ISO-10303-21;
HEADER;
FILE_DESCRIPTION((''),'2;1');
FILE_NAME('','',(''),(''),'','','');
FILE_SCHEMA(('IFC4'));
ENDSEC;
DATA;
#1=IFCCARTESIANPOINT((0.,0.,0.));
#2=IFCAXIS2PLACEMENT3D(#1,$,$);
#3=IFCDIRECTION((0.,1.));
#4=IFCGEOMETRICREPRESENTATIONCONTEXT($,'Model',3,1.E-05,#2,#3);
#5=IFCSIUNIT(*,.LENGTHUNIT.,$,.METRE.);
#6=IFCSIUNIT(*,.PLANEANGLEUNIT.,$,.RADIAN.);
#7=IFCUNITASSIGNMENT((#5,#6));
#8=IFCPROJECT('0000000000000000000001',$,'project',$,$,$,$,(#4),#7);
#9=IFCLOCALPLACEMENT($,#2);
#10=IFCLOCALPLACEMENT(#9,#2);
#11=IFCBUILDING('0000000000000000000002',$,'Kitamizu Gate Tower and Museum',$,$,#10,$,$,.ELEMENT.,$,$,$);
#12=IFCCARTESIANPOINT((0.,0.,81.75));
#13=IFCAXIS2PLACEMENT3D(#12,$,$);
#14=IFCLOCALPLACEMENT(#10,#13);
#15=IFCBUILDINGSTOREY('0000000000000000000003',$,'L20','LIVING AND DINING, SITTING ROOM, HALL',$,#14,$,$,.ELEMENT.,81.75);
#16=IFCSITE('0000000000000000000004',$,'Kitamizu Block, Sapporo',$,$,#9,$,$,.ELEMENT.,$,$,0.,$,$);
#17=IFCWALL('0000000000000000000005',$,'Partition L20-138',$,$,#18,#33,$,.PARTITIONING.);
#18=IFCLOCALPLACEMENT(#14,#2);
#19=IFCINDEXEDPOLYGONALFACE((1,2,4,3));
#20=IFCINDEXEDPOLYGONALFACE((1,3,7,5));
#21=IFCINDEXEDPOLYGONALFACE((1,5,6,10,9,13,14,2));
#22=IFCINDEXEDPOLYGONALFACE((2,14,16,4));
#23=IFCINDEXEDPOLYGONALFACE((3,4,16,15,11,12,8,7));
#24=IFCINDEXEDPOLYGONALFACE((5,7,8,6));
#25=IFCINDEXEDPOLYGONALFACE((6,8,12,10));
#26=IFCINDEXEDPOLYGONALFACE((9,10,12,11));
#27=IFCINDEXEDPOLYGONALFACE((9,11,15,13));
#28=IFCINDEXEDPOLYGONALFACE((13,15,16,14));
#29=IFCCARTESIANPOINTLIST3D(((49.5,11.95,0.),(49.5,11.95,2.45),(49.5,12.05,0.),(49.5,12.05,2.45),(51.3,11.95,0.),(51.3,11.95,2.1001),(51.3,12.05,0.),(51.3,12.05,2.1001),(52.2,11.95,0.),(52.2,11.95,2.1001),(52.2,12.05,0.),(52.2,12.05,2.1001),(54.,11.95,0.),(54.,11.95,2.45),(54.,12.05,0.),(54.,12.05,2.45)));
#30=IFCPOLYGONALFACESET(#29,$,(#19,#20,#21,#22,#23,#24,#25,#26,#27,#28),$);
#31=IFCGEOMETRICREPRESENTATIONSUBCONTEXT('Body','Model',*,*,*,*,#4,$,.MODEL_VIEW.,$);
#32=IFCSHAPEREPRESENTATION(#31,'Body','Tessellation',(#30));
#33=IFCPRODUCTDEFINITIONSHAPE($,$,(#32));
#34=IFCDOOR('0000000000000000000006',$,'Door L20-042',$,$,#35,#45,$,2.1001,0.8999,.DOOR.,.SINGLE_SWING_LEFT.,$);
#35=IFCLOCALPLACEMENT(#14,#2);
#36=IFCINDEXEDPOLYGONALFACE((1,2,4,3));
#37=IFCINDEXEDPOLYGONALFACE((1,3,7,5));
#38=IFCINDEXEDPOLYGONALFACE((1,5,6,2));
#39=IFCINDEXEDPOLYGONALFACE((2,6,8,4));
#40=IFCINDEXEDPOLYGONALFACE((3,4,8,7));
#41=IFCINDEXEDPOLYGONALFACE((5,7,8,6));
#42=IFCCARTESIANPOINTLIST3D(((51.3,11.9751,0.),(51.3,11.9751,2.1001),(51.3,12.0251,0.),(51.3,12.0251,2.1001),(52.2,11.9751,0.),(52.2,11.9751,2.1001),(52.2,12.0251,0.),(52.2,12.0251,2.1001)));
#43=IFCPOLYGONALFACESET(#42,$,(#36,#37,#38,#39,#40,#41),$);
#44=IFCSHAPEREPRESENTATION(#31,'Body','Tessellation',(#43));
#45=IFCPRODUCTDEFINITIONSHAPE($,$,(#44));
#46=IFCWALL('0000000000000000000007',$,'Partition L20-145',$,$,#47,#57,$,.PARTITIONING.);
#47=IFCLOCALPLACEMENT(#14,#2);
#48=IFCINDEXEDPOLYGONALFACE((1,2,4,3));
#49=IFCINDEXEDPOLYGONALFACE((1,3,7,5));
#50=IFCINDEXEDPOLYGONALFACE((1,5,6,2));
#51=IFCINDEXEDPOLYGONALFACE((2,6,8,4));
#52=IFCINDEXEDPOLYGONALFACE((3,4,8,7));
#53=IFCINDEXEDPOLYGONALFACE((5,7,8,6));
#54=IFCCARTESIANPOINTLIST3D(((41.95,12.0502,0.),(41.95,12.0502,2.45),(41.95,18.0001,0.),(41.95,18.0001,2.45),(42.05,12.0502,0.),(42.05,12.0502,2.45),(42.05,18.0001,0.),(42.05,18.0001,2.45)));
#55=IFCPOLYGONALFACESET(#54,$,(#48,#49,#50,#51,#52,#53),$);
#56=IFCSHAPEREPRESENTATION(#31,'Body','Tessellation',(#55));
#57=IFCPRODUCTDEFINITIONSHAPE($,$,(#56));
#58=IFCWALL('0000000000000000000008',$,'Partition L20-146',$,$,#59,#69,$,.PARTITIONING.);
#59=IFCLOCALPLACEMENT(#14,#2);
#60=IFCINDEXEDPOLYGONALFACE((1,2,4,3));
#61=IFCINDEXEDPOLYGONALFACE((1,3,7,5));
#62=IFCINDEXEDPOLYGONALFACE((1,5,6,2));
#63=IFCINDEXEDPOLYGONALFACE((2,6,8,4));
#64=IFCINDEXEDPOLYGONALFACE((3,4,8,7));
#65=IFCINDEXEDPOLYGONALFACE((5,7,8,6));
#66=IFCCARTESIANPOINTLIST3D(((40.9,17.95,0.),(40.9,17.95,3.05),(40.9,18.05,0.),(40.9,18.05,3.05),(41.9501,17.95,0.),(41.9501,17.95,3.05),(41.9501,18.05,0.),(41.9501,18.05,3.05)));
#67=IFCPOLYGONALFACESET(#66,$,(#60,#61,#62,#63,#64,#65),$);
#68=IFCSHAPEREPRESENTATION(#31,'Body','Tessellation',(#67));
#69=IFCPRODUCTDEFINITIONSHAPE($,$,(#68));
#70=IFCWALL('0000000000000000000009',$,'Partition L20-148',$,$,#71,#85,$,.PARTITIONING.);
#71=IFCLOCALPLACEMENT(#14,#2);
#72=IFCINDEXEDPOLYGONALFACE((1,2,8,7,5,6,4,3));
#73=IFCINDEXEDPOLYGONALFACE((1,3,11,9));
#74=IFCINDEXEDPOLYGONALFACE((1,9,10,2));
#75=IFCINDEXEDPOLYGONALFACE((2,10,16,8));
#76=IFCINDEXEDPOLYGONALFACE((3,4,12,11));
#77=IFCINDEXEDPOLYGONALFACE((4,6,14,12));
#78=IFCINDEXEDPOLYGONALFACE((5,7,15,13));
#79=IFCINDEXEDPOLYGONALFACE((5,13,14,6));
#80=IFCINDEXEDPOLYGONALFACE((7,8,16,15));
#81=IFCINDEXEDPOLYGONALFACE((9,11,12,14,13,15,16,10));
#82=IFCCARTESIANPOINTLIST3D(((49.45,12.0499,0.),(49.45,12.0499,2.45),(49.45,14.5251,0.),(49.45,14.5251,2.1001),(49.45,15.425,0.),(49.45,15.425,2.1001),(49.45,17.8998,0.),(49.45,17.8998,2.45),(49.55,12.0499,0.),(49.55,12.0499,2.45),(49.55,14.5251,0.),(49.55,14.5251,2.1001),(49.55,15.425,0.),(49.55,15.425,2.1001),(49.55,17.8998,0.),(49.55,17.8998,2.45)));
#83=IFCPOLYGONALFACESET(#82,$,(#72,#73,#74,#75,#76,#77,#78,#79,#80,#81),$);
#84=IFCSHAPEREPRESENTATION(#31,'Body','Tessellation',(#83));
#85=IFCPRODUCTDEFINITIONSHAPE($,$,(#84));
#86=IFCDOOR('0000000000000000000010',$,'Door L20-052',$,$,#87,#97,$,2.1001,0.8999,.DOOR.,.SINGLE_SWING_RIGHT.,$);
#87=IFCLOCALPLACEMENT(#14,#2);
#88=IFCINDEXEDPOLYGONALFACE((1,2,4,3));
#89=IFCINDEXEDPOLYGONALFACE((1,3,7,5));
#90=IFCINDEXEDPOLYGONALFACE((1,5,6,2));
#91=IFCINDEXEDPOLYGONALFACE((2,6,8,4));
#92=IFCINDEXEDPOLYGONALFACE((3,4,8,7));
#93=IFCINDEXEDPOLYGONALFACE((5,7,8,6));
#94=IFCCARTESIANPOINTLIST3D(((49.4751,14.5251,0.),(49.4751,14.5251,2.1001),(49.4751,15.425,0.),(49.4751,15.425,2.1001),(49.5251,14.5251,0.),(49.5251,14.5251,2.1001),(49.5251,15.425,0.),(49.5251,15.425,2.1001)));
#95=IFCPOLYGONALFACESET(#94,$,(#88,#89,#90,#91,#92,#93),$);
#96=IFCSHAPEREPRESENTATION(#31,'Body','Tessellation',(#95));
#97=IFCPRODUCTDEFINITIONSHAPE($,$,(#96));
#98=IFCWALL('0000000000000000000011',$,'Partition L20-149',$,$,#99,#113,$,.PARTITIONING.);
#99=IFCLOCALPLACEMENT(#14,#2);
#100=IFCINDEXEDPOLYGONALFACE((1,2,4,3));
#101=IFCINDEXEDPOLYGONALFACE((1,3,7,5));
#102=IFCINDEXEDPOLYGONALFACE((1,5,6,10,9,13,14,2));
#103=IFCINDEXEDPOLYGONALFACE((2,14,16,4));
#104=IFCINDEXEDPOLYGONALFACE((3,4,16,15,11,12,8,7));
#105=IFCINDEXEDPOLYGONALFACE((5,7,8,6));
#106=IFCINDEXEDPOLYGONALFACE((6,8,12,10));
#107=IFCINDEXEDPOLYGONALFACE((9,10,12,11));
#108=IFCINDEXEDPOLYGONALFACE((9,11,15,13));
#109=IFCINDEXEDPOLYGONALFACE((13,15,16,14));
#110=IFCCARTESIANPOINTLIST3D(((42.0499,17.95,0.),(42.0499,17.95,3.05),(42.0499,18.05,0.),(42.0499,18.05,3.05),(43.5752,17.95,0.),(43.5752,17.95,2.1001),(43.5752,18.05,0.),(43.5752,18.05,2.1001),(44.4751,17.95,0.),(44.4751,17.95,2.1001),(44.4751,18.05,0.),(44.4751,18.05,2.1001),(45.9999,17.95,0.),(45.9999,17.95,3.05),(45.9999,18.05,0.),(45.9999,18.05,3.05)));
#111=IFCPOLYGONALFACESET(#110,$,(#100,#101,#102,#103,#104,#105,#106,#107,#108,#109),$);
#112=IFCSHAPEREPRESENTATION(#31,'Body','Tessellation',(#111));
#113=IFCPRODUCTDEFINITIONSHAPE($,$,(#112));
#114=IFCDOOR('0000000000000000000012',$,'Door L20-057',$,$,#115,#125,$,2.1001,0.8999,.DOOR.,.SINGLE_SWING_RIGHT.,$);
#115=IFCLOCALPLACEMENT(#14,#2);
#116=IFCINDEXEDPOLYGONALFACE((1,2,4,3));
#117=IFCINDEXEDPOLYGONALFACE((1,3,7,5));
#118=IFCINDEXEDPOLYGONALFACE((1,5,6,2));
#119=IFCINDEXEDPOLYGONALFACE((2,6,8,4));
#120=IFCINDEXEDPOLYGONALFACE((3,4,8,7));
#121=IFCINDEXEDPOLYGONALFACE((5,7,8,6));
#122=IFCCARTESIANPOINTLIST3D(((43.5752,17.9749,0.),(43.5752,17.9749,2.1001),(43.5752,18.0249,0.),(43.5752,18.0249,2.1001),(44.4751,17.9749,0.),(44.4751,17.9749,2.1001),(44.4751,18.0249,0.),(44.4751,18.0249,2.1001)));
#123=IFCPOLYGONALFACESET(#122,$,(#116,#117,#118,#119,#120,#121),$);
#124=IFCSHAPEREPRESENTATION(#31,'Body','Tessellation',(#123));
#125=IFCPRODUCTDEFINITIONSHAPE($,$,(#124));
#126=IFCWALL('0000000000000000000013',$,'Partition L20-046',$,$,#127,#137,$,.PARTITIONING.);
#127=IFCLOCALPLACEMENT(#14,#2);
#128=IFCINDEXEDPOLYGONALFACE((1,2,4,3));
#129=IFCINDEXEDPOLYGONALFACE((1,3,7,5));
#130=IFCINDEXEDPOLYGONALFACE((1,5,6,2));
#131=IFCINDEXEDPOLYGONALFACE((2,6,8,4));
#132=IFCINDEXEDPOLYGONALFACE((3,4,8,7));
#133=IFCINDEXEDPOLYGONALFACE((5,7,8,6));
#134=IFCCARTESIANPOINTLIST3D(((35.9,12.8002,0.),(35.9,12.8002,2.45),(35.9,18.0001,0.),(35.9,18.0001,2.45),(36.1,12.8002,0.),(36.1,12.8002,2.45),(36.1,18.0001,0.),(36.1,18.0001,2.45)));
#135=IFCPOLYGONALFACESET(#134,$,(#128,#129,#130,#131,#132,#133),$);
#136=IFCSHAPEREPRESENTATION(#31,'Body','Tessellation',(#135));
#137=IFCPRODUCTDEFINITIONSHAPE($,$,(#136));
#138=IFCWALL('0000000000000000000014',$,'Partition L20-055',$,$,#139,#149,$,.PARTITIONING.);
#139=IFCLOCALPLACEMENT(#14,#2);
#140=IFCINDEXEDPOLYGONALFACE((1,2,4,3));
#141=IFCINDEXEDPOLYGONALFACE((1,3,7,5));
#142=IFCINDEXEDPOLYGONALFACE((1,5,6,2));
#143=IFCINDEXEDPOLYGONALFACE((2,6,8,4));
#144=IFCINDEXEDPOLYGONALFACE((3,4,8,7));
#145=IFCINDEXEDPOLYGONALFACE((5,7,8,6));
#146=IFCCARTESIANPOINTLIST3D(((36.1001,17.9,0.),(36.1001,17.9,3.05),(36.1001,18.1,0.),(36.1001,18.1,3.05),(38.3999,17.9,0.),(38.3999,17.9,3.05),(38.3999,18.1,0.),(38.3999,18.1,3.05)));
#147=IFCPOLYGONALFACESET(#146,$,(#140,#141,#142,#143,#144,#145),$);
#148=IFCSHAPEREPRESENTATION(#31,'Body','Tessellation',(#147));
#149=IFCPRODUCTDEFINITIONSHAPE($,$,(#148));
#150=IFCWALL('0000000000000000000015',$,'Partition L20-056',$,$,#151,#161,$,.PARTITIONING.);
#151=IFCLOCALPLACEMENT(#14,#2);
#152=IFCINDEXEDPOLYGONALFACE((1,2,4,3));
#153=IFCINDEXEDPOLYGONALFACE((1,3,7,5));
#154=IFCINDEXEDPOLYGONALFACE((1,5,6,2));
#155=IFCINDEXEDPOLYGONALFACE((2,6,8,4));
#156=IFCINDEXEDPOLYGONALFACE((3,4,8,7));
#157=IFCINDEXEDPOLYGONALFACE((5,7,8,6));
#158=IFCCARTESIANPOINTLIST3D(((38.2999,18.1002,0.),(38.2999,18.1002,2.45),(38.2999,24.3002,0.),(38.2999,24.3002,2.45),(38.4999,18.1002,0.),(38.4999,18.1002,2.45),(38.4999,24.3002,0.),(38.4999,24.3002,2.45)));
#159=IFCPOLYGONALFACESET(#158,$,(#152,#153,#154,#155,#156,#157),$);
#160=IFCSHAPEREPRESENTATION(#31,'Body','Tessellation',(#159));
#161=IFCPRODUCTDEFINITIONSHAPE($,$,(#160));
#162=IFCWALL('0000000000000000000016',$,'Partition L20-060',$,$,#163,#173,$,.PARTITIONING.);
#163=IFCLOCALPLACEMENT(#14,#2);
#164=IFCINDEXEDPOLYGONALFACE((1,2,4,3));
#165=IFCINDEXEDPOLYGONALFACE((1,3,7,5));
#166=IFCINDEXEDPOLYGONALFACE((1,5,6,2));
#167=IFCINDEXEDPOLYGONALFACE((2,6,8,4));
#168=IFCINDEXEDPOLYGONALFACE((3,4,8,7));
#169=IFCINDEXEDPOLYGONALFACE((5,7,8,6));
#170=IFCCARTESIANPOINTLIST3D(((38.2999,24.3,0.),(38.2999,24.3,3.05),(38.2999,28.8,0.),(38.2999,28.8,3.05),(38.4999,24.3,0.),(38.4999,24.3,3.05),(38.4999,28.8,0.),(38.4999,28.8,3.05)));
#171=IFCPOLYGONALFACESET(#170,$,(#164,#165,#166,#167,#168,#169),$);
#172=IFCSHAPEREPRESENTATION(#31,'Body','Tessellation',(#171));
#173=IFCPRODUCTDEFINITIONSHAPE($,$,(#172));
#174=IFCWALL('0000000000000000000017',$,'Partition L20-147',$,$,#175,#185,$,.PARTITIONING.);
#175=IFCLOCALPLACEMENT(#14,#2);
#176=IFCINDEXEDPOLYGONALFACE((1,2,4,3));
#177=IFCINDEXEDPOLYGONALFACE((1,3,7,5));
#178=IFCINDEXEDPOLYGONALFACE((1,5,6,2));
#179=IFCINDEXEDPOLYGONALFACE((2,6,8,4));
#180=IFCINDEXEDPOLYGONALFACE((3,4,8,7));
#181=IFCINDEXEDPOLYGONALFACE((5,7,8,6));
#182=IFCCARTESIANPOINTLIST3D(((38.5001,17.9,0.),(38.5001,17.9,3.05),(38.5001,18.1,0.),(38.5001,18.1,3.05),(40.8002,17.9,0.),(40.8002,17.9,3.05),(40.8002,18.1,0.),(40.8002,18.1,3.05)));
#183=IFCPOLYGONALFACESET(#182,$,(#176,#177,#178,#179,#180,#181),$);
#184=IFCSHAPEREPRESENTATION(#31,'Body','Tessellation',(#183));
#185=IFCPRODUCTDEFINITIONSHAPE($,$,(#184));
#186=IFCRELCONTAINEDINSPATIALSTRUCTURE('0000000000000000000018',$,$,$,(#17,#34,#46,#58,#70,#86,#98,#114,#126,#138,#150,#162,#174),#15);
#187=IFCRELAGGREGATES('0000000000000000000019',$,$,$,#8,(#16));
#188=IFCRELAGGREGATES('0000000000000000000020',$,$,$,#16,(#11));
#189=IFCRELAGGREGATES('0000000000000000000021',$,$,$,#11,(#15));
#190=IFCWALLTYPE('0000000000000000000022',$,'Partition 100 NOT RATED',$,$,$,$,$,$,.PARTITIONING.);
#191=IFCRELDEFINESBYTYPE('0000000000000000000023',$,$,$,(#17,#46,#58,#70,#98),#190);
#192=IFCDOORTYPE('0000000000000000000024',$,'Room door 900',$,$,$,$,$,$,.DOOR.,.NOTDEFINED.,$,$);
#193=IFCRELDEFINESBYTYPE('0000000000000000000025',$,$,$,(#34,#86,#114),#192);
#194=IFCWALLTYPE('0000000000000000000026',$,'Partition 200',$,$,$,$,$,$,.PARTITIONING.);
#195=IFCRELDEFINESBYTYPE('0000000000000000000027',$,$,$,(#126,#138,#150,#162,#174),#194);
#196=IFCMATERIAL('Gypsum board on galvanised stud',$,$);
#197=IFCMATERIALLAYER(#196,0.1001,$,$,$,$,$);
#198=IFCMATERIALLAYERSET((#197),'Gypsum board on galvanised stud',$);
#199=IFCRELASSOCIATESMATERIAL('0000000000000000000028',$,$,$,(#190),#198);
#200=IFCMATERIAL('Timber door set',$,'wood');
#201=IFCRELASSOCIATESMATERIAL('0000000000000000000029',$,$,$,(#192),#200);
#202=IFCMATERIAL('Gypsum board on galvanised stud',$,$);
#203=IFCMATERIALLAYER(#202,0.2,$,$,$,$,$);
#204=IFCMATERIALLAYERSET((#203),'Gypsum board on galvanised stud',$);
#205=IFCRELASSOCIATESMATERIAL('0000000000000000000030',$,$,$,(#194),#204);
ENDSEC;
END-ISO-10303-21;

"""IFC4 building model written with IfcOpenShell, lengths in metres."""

from ifc_helpers import new_model, si_unit, direction, frame, frame_2d, origin, place, context, subcontext, project, spatial, rectangle, extrude, material, layer, layer_set, type_object, element, fill, save


model = new_model("IFC4")

# Units and contexts
model_context = context("Model", 3, precision=1e-05, world=origin(), true_north=direction((0.0, 1.0)))
body_context = subcontext(model_context, "Body", "Model", "MODEL_VIEW")
ifc_project = project(units=[si_unit("LENGTHUNIT", "METRE"), si_unit("PLANEANGLEUNIT", "RADIAN")], contexts=[model_context])

# Site, building, storey
site_placement = place(None, origin())
site = spatial("IfcSite", under=ifc_project, at=site_placement, Name="Kitamizu Block, Sapporo", CompositionType="ELEMENT", RefElevation=0.0)
building_placement = place(site_placement, origin())
building = spatial("IfcBuilding", under=site, at=building_placement, Name="Kitamizu Gate Tower and Museum", CompositionType="ELEMENT")
storey_placement = place(building_placement, frame((0.0, 0.0, 81.75)))
storey = spatial("IfcBuildingStorey", under=building, at=storey_placement, Name="L20", Description="LIVING AND DINING, SITTING ROOM, HALL", CompositionType="ELEMENT", Elevation=81.75)

# Shared definitions
ifc_material_1 = material(Name="Gypsum board on galvanised stud")
ifc_layer_1 = layer(ifc_material_1, 0.1001)
ifc_layer_set_1 = layer_set([ifc_layer_1], Name="Gypsum board on galvanised stud")
wall_type_1 = type_object("IfcWallType", Name="Partition 100 NOT RATED", PredefinedType="PARTITIONING", material=ifc_layer_set_1)

# Wall, opening, door
wall_1_placement = place(storey_placement, frame((54.0, 12.0, 0.0), z_axis=(0.0, 0.0, 1.0), x_axis=(-1.0, 0.0, 0.0)))
wall_1 = element("IfcWall", 1, at=wall_1_placement, inside=storey, type_object=wall_type_1, Name="Partition L20-138", PredefinedType="PARTITIONING", context=body_context, shape_type="SweptSolid", body=[
    extrude(rectangle(XDim=4.5, YDim=0.1001, at=frame_2d((2.25, 0.0))), origin(), (0.0, 0.0, 1.0), 2.45),
])
opening_1_placement = place(wall_1_placement, frame((1.8, 0.0, 0.0)))
opening_1 = element("IfcOpeningElement", 2, at=opening_1_placement, cuts=wall_1, PredefinedType="OPENING", context=body_context, shape_type="SweptSolid", body=[
    extrude(rectangle(XDim=0.8999, YDim=2.1001, at=frame_2d((0.45, 1.05))), frame((0.0, 0.0601, 0.0), z_axis=(0.0, -1.0, 0.0), x_axis=(1.0, 0.0, 0.0)), (0.0, 0.0, 1.0), 0.1201),
])
ifc_material_2 = material(Name="Timber door set", Category="wood")
door_type_1 = type_object("IfcDoorType", Name="Room door 900", OperationType="NOTDEFINED", PredefinedType="DOOR", material=ifc_material_2)
door_1_placement = place(opening_1_placement, origin())
door_1 = element("IfcDoor", 3, at=door_1_placement, inside=storey, type_object=door_type_1, Name="Door L20-042", OperationType="SINGLE_SWING_LEFT", OverallHeight=2.1001, OverallWidth=0.8999, PredefinedType="DOOR", context=body_context, shape_type="SweptSolid", body=[
    extrude(rectangle(XDim=0.8999, YDim=2.1001, at=frame_2d((0.45, 1.05))), frame((0.0, 0.0249, 0.0), z_axis=(0.0, -1.0, 0.0), x_axis=(1.0, 0.0, 0.0)), (0.0, 0.0, 1.0), 0.05),
])
fill(opening_1, door_1)

# Walls
wall_2_placement = place(storey_placement, frame((42.0, 12.05, 0.0), z_axis=(0.0, 0.0, 1.0), x_axis=(0.0, 1.0, 0.0)))
element("IfcWall", 4, at=wall_2_placement, inside=storey, type_object=wall_type_1, Name="Partition L20-145", PredefinedType="PARTITIONING", context=body_context, shape_type="SweptSolid", body=[
    extrude(rectangle(XDim=5.95, YDim=0.1001, at=frame_2d((2.9751, 0.0))), origin(), (0.0, 0.0, 1.0), 2.45),
])
wall_3_placement = place(storey_placement, frame((41.95, 18.0, 0.0), z_axis=(0.0, 0.0, 1.0), x_axis=(-1.0, 0.0, 0.0)))
element("IfcWall", 5, at=wall_3_placement, inside=storey, type_object=wall_type_1, Name="Partition L20-146", PredefinedType="PARTITIONING", context=body_context, shape_type="SweptSolid", body=[
    extrude(rectangle(XDim=1.05, YDim=0.1001, at=frame_2d((0.5249, 0.0))), origin(), (0.0, 0.0, 1.0), 3.05),
])

# Walls, openings, doors
wall_4_placement = place(storey_placement, frame((49.5, 12.05, 0.0), z_axis=(0.0, 0.0, 1.0), x_axis=(0.0, 1.0, 0.0)))
wall_4 = element("IfcWall", 6, at=wall_4_placement, inside=storey, type_object=wall_type_1, Name="Partition L20-148", PredefinedType="PARTITIONING", context=body_context, shape_type="SweptSolid", body=[
    extrude(rectangle(XDim=5.8499, YDim=0.1001, at=frame_2d((2.9248, 0.0))), origin(), (0.0, 0.0, 1.0), 2.45),
])
opening_2_placement = place(wall_4_placement, frame((2.4751, 0.0, 0.0)))
opening_2 = element("IfcOpeningElement", 7, at=opening_2_placement, cuts=wall_4, PredefinedType="OPENING", context=body_context, shape_type="SweptSolid", body=[
    extrude(rectangle(XDim=0.8999, YDim=2.1001, at=frame_2d((0.45, 1.05))), frame((0.0, 0.0601, 0.0), z_axis=(0.0, -1.0, 0.0), x_axis=(1.0, 0.0, 0.0)), (0.0, 0.0, 1.0), 0.1201),
])
door_2_placement = place(opening_2_placement, origin())
door_2 = element("IfcDoor", 8, at=door_2_placement, inside=storey, type_object=door_type_1, Name="Door L20-052", OperationType="SINGLE_SWING_RIGHT", OverallHeight=2.1001, OverallWidth=0.8999, PredefinedType="DOOR", context=body_context, shape_type="SweptSolid", body=[
    extrude(rectangle(XDim=0.8999, YDim=2.1001, at=frame_2d((0.45, 1.05))), frame((0.0, 0.0249, 0.0), z_axis=(0.0, -1.0, 0.0), x_axis=(1.0, 0.0, 0.0)), (0.0, 0.0, 1.0), 0.05),
])
fill(opening_2, door_2)
wall_5_placement = place(storey_placement, frame((46.0, 18.0, 0.0), z_axis=(0.0, 0.0, 1.0), x_axis=(-1.0, 0.0, 0.0)))
wall_5 = element("IfcWall", 9, at=wall_5_placement, inside=storey, type_object=wall_type_1, Name="Partition L20-149", PredefinedType="PARTITIONING", context=body_context, shape_type="SweptSolid", body=[
    extrude(rectangle(XDim=3.95, YDim=0.1001, at=frame_2d((1.9751, 0.0))), origin(), (0.0, 0.0, 1.0), 3.05),
])
opening_3_placement = place(wall_5_placement, frame((1.5249, 0.0, 0.0)))
opening_3 = element("IfcOpeningElement", 10, at=opening_3_placement, cuts=wall_5, PredefinedType="OPENING", context=body_context, shape_type="SweptSolid", body=[
    extrude(rectangle(XDim=0.8999, YDim=2.1001, at=frame_2d((0.45, 1.05))), frame((0.0, 0.0601, 0.0), z_axis=(0.0, -1.0, 0.0), x_axis=(1.0, 0.0, 0.0)), (0.0, 0.0, 1.0), 0.1201),
])
door_3_placement = place(opening_3_placement, frame((0.8999, 0.0, 0.0), x_axis=(-1.0, 0.0, 0.0)))
door_3 = element("IfcDoor", 11, at=door_3_placement, inside=storey, type_object=door_type_1, Name="Door L20-057", OperationType="SINGLE_SWING_RIGHT", OverallHeight=2.1001, OverallWidth=0.8999, PredefinedType="DOOR", context=body_context, shape_type="SweptSolid", body=[
    extrude(rectangle(XDim=0.8999, YDim=2.1001, at=frame_2d((0.45, 1.05))), frame((0.0, 0.0249, 0.0), z_axis=(0.0, -1.0, 0.0), x_axis=(1.0, 0.0, 0.0)), (0.0, 0.0, 1.0), 0.05),
])
fill(opening_3, door_3)

# Walls
ifc_material_3 = material(Name="Gypsum board on galvanised stud")
ifc_layer_2 = layer(ifc_material_3, 0.2)
ifc_layer_set_2 = layer_set([ifc_layer_2], Name="Gypsum board on galvanised stud")
wall_type_2 = type_object("IfcWallType", Name="Partition 200", PredefinedType="PARTITIONING", material=ifc_layer_set_2)
wall_6_placement = place(storey_placement, frame((36.0, 12.8, 0.0), z_axis=(0.0, 0.0, 1.0), x_axis=(0.0, 1.0, 0.0)))
element("IfcWall", 12, at=wall_6_placement, inside=storey, type_object=wall_type_2, Name="Partition L20-046", PredefinedType="PARTITIONING", context=body_context, shape_type="SweptSolid", body=[
    extrude(rectangle(XDim=5.2, YDim=0.2, at=frame_2d((2.6001, 0.0))), origin(), (0.0, 0.0, 1.0), 2.45),
])
wall_7_placement = place(storey_placement, frame((36.1001, 18.0, 0.0), z_axis=(0.0, 0.0, 1.0), x_axis=(1.0, 0.0, 0.0)))
element("IfcWall", 13, at=wall_7_placement, inside=storey, type_object=wall_type_2, Name="Partition L20-055", PredefinedType="PARTITIONING", context=body_context, shape_type="SweptSolid", body=[
    extrude(rectangle(XDim=2.2998, YDim=0.2, at=frame_2d((1.1499, 0.0))), origin(), (0.0, 0.0, 1.0), 3.05),
])
wall_8_placement = place(storey_placement, frame((38.3999, 18.1001, 0.0), z_axis=(0.0, 0.0, 1.0), x_axis=(0.0, 1.0, 0.0)))
element("IfcWall", 14, at=wall_8_placement, inside=storey, type_object=wall_type_2, Name="Partition L20-056", PredefinedType="PARTITIONING", context=body_context, shape_type="SweptSolid", body=[
    extrude(rectangle(XDim=6.2, YDim=0.2, at=frame_2d((3.1001, 0.0))), origin(), (0.0, 0.0, 1.0), 2.45),
])
wall_9_placement = place(storey_placement, frame((38.3999, 24.3, 0.0), z_axis=(0.0, 0.0, 1.0), x_axis=(0.0, 1.0, 0.0)))
element("IfcWall", 15, at=wall_9_placement, inside=storey, type_object=wall_type_2, Name="Partition L20-060", PredefinedType="PARTITIONING", context=body_context, shape_type="SweptSolid", body=[
    extrude(rectangle(XDim=4.5, YDim=0.2, at=frame_2d((2.25, 0.0))), origin(), (0.0, 0.0, 1.0), 3.05),
])
wall_10_placement = place(storey_placement, frame((40.8, 18.0, 0.0), z_axis=(0.0, 0.0, 1.0), x_axis=(-1.0, 0.0, 0.0)))
element("IfcWall", 16, at=wall_10_placement, inside=storey, type_object=wall_type_2, Name="Partition L20-147", PredefinedType="PARTITIONING", context=body_context, shape_type="SweptSolid", body=[
    extrude(rectangle(XDim=2.3, YDim=0.2, at=frame_2d((1.1499, 0.0))), origin(), (0.0, 0.0, 1.0), 3.05),
])

save(model, "model.ifc")
